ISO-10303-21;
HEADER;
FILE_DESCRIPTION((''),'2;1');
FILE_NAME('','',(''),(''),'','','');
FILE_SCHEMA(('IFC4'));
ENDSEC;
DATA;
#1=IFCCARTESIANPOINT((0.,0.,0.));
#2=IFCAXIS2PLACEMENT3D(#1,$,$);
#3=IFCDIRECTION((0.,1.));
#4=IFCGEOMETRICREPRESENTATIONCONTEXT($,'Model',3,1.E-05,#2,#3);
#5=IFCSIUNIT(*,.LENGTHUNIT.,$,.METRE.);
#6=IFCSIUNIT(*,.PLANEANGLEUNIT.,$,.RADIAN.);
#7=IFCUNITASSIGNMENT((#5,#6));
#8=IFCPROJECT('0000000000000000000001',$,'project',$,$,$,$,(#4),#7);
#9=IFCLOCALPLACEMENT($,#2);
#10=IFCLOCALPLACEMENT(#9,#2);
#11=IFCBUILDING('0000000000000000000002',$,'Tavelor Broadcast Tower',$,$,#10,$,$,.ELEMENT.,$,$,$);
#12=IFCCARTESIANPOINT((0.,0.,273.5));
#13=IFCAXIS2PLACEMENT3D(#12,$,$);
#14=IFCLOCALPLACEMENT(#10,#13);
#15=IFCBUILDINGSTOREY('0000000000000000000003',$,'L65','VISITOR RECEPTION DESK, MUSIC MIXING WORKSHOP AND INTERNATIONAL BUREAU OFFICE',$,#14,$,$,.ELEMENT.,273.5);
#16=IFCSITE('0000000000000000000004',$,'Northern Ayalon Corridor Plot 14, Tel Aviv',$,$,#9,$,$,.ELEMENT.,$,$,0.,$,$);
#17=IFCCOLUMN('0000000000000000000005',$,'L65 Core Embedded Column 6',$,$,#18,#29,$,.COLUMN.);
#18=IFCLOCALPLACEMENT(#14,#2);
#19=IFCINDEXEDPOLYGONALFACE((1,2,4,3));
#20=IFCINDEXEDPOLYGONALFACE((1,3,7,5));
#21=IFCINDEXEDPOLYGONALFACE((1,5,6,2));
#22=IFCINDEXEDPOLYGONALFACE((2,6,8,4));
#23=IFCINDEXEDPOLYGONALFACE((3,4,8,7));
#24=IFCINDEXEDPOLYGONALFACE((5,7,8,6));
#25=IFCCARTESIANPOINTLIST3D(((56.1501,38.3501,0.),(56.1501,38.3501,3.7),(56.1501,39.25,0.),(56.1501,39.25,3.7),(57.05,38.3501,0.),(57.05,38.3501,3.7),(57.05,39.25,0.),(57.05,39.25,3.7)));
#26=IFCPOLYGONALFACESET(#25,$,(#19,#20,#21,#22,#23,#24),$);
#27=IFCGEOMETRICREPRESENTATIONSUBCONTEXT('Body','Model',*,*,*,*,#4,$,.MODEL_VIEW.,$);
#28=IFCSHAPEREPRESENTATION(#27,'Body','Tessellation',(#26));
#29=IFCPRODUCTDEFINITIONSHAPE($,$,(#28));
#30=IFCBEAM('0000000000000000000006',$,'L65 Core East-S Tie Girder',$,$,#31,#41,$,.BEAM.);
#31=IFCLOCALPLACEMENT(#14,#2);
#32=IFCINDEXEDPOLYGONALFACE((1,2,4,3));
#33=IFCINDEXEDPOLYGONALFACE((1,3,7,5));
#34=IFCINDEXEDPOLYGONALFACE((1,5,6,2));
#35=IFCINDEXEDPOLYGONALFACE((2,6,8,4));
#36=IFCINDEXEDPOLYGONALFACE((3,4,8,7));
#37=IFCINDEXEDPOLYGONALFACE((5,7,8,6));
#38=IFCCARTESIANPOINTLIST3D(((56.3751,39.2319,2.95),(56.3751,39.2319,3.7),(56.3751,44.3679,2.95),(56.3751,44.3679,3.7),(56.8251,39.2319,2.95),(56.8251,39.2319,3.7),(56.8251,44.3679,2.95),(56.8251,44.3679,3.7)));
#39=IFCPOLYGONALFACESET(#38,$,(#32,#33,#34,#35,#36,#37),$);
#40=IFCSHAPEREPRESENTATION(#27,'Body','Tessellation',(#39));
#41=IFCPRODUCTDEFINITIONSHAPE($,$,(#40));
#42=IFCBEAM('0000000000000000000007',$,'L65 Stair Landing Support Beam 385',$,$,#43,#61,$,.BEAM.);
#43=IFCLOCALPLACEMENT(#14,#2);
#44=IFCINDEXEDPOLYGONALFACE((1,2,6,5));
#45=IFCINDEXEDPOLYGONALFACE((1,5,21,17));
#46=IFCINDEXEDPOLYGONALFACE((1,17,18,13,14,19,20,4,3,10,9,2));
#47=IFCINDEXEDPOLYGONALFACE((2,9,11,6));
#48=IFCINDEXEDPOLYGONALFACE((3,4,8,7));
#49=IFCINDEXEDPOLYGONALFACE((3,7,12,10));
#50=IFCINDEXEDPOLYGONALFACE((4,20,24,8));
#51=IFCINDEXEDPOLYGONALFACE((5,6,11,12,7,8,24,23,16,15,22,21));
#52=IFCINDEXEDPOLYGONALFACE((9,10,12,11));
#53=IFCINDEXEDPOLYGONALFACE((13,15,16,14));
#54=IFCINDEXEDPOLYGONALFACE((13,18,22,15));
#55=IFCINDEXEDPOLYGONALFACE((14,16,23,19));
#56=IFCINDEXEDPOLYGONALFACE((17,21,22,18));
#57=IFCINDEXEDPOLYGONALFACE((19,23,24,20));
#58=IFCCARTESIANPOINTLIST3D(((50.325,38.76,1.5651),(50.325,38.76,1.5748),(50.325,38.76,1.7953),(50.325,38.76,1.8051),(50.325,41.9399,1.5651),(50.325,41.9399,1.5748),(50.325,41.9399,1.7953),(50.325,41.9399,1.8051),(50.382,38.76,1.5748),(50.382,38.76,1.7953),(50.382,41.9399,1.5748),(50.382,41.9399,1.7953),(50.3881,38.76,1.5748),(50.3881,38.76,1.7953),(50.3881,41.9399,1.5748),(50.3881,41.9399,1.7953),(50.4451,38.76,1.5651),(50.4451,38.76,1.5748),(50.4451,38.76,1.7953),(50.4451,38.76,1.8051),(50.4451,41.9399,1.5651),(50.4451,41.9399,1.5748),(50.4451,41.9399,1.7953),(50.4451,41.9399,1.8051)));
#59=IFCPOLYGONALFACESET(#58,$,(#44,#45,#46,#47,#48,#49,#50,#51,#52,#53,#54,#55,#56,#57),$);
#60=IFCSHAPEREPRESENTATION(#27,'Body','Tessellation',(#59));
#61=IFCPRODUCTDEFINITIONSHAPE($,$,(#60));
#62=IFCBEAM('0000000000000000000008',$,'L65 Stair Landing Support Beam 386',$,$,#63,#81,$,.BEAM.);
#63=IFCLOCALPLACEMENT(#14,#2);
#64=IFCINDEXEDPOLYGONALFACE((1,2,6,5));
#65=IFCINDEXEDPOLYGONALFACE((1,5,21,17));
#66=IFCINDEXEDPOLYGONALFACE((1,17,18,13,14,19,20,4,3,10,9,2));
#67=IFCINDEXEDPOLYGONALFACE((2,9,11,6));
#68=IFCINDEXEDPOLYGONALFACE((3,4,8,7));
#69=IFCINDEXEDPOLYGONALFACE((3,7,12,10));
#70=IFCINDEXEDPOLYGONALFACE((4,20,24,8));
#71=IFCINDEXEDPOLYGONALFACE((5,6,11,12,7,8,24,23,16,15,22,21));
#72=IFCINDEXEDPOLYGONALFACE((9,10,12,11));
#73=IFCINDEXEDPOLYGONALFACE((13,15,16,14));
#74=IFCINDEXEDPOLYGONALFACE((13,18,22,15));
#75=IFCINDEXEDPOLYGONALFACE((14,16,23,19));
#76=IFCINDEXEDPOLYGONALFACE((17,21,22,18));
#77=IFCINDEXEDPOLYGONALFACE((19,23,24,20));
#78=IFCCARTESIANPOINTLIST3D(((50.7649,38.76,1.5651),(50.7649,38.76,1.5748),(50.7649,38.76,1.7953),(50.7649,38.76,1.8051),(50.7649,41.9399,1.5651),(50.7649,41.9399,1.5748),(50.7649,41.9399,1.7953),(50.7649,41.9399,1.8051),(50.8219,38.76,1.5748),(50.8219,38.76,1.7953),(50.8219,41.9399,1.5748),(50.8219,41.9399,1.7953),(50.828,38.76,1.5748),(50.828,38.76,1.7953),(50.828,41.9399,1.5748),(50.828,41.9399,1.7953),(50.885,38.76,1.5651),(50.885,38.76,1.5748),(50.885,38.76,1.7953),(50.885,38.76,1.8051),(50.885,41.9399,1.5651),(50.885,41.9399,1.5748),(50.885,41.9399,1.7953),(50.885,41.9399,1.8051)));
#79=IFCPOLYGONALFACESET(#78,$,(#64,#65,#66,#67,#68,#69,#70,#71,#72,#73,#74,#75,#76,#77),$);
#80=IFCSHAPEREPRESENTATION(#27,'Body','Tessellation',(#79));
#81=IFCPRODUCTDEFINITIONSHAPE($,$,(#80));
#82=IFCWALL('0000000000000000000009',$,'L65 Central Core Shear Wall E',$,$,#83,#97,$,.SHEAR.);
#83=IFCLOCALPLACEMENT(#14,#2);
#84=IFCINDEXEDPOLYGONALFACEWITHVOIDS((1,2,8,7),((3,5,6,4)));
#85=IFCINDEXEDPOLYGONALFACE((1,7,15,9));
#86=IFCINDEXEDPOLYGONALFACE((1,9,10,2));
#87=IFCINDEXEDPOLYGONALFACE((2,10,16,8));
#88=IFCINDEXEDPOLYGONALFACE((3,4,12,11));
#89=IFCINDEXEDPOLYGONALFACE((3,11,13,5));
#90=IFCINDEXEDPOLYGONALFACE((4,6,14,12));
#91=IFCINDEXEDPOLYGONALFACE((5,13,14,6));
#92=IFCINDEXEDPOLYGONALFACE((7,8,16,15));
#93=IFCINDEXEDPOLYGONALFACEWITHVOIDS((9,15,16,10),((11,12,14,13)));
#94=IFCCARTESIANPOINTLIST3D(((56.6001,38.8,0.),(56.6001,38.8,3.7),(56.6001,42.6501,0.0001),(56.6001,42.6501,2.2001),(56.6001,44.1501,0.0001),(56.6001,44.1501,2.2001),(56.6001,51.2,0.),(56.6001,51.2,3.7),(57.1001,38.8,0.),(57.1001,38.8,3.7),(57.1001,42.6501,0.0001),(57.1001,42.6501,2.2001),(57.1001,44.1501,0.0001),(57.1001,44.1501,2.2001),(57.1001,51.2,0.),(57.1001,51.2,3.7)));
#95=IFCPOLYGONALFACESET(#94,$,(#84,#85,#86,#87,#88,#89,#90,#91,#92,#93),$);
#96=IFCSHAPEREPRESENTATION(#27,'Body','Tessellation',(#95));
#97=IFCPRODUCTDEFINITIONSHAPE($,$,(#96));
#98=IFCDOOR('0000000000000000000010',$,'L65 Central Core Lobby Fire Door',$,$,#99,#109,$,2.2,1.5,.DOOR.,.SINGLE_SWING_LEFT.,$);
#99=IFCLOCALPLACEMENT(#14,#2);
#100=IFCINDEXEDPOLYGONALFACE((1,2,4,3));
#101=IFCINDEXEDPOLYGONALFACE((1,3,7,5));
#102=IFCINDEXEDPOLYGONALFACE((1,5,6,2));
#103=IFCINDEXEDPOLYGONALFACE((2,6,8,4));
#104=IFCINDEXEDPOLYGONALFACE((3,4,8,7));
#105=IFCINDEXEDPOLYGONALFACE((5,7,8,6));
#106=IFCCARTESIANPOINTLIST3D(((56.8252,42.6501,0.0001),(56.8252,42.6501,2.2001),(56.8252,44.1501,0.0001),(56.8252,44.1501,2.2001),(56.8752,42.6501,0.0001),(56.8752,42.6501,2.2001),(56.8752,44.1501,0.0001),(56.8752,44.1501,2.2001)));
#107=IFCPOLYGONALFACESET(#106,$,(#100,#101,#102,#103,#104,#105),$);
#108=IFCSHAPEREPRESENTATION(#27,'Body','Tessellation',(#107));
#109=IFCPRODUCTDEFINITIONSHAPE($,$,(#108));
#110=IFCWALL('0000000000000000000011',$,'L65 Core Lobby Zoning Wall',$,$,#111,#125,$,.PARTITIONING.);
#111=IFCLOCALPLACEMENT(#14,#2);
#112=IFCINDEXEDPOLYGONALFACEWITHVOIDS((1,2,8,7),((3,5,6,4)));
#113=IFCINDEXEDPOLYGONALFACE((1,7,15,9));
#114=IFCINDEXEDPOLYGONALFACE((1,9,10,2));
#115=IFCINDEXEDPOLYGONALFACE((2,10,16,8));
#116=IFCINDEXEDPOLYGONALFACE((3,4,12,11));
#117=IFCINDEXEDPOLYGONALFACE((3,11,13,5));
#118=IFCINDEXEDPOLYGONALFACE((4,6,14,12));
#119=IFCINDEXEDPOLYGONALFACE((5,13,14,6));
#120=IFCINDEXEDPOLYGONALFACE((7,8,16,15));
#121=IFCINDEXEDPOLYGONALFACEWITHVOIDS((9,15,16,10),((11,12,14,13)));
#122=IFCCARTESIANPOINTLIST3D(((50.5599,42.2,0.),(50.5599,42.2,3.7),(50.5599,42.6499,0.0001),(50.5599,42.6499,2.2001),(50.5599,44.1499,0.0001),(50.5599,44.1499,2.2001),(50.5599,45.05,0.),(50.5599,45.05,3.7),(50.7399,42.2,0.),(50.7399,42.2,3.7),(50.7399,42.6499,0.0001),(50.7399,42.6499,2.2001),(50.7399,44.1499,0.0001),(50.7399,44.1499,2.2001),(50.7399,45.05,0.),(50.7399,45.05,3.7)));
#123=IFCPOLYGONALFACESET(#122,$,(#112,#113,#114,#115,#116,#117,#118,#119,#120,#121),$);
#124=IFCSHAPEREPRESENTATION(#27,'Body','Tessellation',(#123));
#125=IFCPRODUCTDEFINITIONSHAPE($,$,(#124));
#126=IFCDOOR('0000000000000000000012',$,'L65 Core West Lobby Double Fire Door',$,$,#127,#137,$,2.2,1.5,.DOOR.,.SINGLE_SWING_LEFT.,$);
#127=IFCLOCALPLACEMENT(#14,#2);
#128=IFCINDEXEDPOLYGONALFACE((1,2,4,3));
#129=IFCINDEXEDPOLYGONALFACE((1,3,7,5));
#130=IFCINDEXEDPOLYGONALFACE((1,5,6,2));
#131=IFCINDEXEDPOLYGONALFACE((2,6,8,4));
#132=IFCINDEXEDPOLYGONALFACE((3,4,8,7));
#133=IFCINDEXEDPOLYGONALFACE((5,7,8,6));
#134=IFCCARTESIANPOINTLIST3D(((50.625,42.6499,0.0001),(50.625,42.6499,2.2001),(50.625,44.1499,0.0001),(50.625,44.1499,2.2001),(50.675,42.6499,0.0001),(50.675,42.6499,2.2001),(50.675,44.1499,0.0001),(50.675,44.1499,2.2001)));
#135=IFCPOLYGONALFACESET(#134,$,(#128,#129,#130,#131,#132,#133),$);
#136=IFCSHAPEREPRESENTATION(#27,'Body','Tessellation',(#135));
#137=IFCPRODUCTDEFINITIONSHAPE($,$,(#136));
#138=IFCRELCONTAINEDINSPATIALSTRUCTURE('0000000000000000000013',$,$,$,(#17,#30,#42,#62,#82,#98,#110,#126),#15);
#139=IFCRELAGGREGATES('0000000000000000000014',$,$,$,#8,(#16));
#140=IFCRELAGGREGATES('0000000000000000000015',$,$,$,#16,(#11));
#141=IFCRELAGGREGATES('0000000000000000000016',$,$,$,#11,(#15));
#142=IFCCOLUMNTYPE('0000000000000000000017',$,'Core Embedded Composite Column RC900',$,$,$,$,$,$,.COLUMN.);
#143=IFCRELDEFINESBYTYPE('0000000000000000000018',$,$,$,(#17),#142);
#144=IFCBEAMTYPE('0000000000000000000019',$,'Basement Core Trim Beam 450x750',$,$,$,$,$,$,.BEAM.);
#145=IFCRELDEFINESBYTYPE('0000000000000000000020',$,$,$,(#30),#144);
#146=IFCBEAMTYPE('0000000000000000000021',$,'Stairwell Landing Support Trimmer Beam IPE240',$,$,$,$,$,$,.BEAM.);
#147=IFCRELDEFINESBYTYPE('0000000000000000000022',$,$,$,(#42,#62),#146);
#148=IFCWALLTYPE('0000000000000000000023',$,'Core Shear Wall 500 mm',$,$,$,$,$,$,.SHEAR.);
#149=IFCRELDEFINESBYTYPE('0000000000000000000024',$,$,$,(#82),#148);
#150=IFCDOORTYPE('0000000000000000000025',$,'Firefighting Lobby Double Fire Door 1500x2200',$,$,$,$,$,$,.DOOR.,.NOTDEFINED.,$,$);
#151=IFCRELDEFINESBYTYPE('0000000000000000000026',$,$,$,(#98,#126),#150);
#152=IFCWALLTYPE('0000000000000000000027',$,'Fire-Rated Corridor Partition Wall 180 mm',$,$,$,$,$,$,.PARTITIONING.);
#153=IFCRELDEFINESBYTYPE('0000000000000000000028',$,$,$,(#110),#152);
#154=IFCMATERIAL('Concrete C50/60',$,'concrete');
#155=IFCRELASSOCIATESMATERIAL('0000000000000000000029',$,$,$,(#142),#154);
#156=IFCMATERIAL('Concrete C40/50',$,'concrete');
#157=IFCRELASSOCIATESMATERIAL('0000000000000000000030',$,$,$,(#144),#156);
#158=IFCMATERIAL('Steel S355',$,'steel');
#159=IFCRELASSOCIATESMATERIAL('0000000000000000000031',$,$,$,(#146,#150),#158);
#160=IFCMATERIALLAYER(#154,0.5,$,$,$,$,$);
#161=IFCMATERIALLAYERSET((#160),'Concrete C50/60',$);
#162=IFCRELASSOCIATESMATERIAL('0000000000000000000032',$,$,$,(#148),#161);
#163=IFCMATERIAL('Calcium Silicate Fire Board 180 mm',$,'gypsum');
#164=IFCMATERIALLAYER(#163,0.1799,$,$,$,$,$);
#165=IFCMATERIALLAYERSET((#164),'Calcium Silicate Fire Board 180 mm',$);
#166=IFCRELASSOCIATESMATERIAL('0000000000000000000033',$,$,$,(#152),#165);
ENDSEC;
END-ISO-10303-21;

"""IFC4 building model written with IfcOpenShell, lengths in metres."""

from ifc_helpers import new_model, si_unit, direction, frame, frame_2d, origin, origin_2d, place, context, subcontext, project, spatial, rectangle, i_section, extrude, material, layer, layer_set, material_profile, profile_set, type_object, element, fill, save


model = new_model("IFC4")

# Units and contexts
model_context = context("Model", 3, precision=1e-05, world=origin(), true_north=direction((0.0, 1.0)))
body_context = subcontext(model_context, "Body", "Model", "MODEL_VIEW")
ifc_project = project(units=[si_unit("LENGTHUNIT", "METRE"), si_unit("PLANEANGLEUNIT", "RADIAN")], contexts=[model_context])

# Site, building, storey
site_placement = place(None, origin())
site = spatial("IfcSite", under=ifc_project, at=site_placement, Name="Northern Ayalon Corridor Plot 14, Tel Aviv", CompositionType="ELEMENT", RefElevation=0.0)
building_placement = place(site_placement, origin())
building = spatial("IfcBuilding", under=site, at=building_placement, Name="Tavelor Broadcast Tower", CompositionType="ELEMENT")
storey_placement = place(building_placement, frame((0.0, 0.0, 273.5)))
storey = spatial("IfcBuildingStorey", under=building, at=storey_placement, Name="L65", Description="VISITOR RECEPTION DESK, MUSIC MIXING WORKSHOP AND INTERNATIONAL BUREAU OFFICE", CompositionType="ELEMENT", Elevation=273.5)

# Column
ifc_material_1 = material(Name="Concrete C50/60", Category="concrete")
ifc_material_profile_1 = material_profile(ifc_material_1, rectangle(XDim=0.8999, YDim=0.8999, at=origin_2d()), Name="RC 900x900")
ifc_profile_set_1 = profile_set([ifc_material_profile_1], Name="Concrete C50/60")
column_type = type_object("IfcColumnType", Name="Core Embedded Composite Column RC900", PredefinedType="COLUMN", material=ifc_profile_set_1)
column_placement = place(storey_placement, frame((56.6001, 38.8, 0.0), z_axis=(0.0, 0.0, 1.0), x_axis=(1.0, 0.0, 0.0)))
element("IfcColumn", 1, at=column_placement, inside=storey, type_object=column_type, Name="L65 Core Embedded Column 6", PredefinedType="COLUMN", context=body_context, shape_type="SweptSolid", body=[
    extrude(rectangle(XDim=0.8999, YDim=0.8999, at=origin_2d()), origin(), (0.0, 0.0, 1.0), 3.7),
])

# Beams
ifc_material_2 = material(Name="Concrete C40/50", Category="concrete")
ifc_material_profile_2 = material_profile(ifc_material_2, rectangle(XDim=0.45, YDim=0.75, at=origin_2d()), Name="RC 450x750")
ifc_profile_set_2 = profile_set([ifc_material_profile_2], Name="Concrete C40/50")
beam_type_1 = type_object("IfcBeamType", Name="Basement Core Trim Beam 450x750", PredefinedType="BEAM", material=ifc_profile_set_2)
beam_placement = place(storey_placement, frame((56.6001, 39.2319, 3.325), z_axis=(0.0, 1.0, 0.0), x_axis=(-1.0, 0.0, 0.0)))
element("IfcBeam", 2, at=beam_placement, inside=storey, type_object=beam_type_1, Name="L65 Core East-S Tie Girder", PredefinedType="BEAM", context=body_context, shape_type="SweptSolid", body=[
    extrude(rectangle(XDim=0.45, YDim=0.75, at=origin_2d()), origin(), (0.0, 0.0, 1.0), 5.136),
])
ifc_material_3 = material(Name="Steel S355", Category="steel")
ifc_material_profile_3 = material_profile(ifc_material_3, i_section(OverallWidth=0.1201, OverallDepth=0.24, WebThickness=0.0061, FlangeThickness=0.0098, at=origin_2d()), Name="IPE 240")
ifc_profile_set_3 = profile_set([ifc_material_profile_3], Name="Steel S355")
beam_type_2 = type_object("IfcBeamType", Name="Stairwell Landing Support Trimmer Beam IPE240", PredefinedType="BEAM", material=ifc_profile_set_3)
for number, where, z_axis, x_axis, name in (
    (3, (50.385, 38.76, 1.6851), (0.0, 1.0, 0.0), (-1.0, 0.0, 0.0), "L65 Stair Landing Support Beam 385"),
    (4, (50.825, 38.76, 1.6851), (0.0, 1.0, 0.0), (-1.0, 0.0, 0.0), "L65 Stair Landing Support Beam 386"),
):
    element("IfcBeam", number, at=place(storey_placement, frame(where, z_axis=z_axis, x_axis=x_axis)), inside=storey, type_object=beam_type_2, Name=name, PredefinedType="BEAM", context=body_context, shape_type="SweptSolid", body=[
        extrude(i_section(OverallWidth=0.1201, OverallDepth=0.24, WebThickness=0.0061, FlangeThickness=0.0098, at=origin_2d()), origin(), (0.0, 0.0, 1.0), 3.1799),
    ])

# Walls, openings, doors
ifc_layer_1 = layer(ifc_material_1, 0.5)
ifc_layer_set_1 = layer_set([ifc_layer_1], Name="Concrete C50/60")
wall_type_1 = type_object("IfcWallType", Name="Core Shear Wall 500 mm", PredefinedType="SHEAR", material=ifc_layer_set_1)
wall_1_placement = place(storey_placement, frame((56.8501, 38.8, 0.0), z_axis=(0.0, 0.0, 1.0), x_axis=(0.0, 1.0, 0.0)))
wall_1 = element("IfcWall", 5, at=wall_1_placement, inside=storey, type_object=wall_type_1, Name="L65 Central Core Shear Wall E", PredefinedType="SHEAR", context=body_context, shape_type="SweptSolid", body=[
    extrude(rectangle(XDim=12.3999, YDim=0.5, at=frame_2d((6.2, 0.0))), origin(), (0.0, 0.0, 1.0), 3.7),
])
opening_1_placement = place(wall_1_placement, frame((3.8501, 0.0, 0.0)))
opening_1 = element("IfcOpeningElement", 6, at=opening_1_placement, cuts=wall_1, PredefinedType="OPENING", context=body_context, shape_type="SweptSolid", body=[
    extrude(rectangle(XDim=1.5, YDim=2.2, at=frame_2d((0.75, 1.1001))), frame((0.0, 0.26, 0.0), z_axis=(0.0, -1.0, 0.0), x_axis=(1.0, 0.0, 0.0)), (0.0, 0.0, 1.0), 0.52),
])
door_type_1 = type_object("IfcDoorType", Name="Firefighting Lobby Double Fire Door 1500x2200", OperationType="NOTDEFINED", PredefinedType="DOOR", material=ifc_material_3)
door_1_placement = place(opening_1_placement, origin())
door_1 = element("IfcDoor", 7, at=door_1_placement, inside=storey, type_object=door_type_1, Name="L65 Central Core Lobby Fire Door", OperationType="SINGLE_SWING_LEFT", OverallHeight=2.2, OverallWidth=1.5, PredefinedType="DOOR", context=body_context, shape_type="SweptSolid", body=[
    extrude(rectangle(XDim=1.5, YDim=2.2, at=frame_2d((0.75, 1.1001))), frame((0.0, 0.0249, 0.0), z_axis=(0.0, -1.0, 0.0), x_axis=(1.0, 0.0, 0.0)), (0.0, 0.0, 1.0), 0.05),
])
fill(opening_1, door_1)
ifc_material_4 = material(Name="Calcium Silicate Fire Board 180 mm", Category="gypsum")
ifc_layer_2 = layer(ifc_material_4, 0.1799)
ifc_layer_set_2 = layer_set([ifc_layer_2], Name="Calcium Silicate Fire Board 180 mm")
wall_type_2 = type_object("IfcWallType", Name="Fire-Rated Corridor Partition Wall 180 mm", PredefinedType="PARTITIONING", material=ifc_layer_set_2)
wall_2_placement = place(storey_placement, frame((50.6499, 42.2, 0.0), z_axis=(0.0, 0.0, 1.0), x_axis=(0.0, 1.0, 0.0)))
wall_2 = element("IfcWall", 8, at=wall_2_placement, inside=storey, type_object=wall_type_2, Name="L65 Core Lobby Zoning Wall", PredefinedType="PARTITIONING", context=body_context, shape_type="SweptSolid", body=[
    extrude(rectangle(XDim=2.8501, YDim=0.1799, at=frame_2d((1.425, 0.0))), origin(), (0.0, 0.0, 1.0), 3.7),
])
opening_2_placement = place(wall_2_placement, frame((0.45, 0.0, 0.0)))
opening_2 = element("IfcOpeningElement", 9, at=opening_2_placement, cuts=wall_2, PredefinedType="OPENING", context=body_context, shape_type="SweptSolid", body=[
    extrude(rectangle(XDim=1.5, YDim=2.2, at=frame_2d((0.75, 1.1001))), frame((0.0, 0.1001, 0.0), z_axis=(0.0, -1.0, 0.0), x_axis=(1.0, 0.0, 0.0)), (0.0, 0.0, 1.0), 0.2),
])
door_2_placement = place(opening_2_placement, origin())
door_2 = element("IfcDoor", 10, at=door_2_placement, inside=storey, type_object=door_type_1, Name="L65 Core West Lobby Double Fire Door", OperationType="SINGLE_SWING_LEFT", OverallHeight=2.2, OverallWidth=1.5, PredefinedType="DOOR", context=body_context, shape_type="SweptSolid", body=[
    extrude(rectangle(XDim=1.5, YDim=2.2, at=frame_2d((0.75, 1.1001))), frame((0.0, 0.0249, 0.0), z_axis=(0.0, -1.0, 0.0), x_axis=(1.0, 0.0, 0.0)), (0.0, 0.0, 1.0), 0.05),
])
fill(opening_2, door_2)

save(model, "model.ifc")
